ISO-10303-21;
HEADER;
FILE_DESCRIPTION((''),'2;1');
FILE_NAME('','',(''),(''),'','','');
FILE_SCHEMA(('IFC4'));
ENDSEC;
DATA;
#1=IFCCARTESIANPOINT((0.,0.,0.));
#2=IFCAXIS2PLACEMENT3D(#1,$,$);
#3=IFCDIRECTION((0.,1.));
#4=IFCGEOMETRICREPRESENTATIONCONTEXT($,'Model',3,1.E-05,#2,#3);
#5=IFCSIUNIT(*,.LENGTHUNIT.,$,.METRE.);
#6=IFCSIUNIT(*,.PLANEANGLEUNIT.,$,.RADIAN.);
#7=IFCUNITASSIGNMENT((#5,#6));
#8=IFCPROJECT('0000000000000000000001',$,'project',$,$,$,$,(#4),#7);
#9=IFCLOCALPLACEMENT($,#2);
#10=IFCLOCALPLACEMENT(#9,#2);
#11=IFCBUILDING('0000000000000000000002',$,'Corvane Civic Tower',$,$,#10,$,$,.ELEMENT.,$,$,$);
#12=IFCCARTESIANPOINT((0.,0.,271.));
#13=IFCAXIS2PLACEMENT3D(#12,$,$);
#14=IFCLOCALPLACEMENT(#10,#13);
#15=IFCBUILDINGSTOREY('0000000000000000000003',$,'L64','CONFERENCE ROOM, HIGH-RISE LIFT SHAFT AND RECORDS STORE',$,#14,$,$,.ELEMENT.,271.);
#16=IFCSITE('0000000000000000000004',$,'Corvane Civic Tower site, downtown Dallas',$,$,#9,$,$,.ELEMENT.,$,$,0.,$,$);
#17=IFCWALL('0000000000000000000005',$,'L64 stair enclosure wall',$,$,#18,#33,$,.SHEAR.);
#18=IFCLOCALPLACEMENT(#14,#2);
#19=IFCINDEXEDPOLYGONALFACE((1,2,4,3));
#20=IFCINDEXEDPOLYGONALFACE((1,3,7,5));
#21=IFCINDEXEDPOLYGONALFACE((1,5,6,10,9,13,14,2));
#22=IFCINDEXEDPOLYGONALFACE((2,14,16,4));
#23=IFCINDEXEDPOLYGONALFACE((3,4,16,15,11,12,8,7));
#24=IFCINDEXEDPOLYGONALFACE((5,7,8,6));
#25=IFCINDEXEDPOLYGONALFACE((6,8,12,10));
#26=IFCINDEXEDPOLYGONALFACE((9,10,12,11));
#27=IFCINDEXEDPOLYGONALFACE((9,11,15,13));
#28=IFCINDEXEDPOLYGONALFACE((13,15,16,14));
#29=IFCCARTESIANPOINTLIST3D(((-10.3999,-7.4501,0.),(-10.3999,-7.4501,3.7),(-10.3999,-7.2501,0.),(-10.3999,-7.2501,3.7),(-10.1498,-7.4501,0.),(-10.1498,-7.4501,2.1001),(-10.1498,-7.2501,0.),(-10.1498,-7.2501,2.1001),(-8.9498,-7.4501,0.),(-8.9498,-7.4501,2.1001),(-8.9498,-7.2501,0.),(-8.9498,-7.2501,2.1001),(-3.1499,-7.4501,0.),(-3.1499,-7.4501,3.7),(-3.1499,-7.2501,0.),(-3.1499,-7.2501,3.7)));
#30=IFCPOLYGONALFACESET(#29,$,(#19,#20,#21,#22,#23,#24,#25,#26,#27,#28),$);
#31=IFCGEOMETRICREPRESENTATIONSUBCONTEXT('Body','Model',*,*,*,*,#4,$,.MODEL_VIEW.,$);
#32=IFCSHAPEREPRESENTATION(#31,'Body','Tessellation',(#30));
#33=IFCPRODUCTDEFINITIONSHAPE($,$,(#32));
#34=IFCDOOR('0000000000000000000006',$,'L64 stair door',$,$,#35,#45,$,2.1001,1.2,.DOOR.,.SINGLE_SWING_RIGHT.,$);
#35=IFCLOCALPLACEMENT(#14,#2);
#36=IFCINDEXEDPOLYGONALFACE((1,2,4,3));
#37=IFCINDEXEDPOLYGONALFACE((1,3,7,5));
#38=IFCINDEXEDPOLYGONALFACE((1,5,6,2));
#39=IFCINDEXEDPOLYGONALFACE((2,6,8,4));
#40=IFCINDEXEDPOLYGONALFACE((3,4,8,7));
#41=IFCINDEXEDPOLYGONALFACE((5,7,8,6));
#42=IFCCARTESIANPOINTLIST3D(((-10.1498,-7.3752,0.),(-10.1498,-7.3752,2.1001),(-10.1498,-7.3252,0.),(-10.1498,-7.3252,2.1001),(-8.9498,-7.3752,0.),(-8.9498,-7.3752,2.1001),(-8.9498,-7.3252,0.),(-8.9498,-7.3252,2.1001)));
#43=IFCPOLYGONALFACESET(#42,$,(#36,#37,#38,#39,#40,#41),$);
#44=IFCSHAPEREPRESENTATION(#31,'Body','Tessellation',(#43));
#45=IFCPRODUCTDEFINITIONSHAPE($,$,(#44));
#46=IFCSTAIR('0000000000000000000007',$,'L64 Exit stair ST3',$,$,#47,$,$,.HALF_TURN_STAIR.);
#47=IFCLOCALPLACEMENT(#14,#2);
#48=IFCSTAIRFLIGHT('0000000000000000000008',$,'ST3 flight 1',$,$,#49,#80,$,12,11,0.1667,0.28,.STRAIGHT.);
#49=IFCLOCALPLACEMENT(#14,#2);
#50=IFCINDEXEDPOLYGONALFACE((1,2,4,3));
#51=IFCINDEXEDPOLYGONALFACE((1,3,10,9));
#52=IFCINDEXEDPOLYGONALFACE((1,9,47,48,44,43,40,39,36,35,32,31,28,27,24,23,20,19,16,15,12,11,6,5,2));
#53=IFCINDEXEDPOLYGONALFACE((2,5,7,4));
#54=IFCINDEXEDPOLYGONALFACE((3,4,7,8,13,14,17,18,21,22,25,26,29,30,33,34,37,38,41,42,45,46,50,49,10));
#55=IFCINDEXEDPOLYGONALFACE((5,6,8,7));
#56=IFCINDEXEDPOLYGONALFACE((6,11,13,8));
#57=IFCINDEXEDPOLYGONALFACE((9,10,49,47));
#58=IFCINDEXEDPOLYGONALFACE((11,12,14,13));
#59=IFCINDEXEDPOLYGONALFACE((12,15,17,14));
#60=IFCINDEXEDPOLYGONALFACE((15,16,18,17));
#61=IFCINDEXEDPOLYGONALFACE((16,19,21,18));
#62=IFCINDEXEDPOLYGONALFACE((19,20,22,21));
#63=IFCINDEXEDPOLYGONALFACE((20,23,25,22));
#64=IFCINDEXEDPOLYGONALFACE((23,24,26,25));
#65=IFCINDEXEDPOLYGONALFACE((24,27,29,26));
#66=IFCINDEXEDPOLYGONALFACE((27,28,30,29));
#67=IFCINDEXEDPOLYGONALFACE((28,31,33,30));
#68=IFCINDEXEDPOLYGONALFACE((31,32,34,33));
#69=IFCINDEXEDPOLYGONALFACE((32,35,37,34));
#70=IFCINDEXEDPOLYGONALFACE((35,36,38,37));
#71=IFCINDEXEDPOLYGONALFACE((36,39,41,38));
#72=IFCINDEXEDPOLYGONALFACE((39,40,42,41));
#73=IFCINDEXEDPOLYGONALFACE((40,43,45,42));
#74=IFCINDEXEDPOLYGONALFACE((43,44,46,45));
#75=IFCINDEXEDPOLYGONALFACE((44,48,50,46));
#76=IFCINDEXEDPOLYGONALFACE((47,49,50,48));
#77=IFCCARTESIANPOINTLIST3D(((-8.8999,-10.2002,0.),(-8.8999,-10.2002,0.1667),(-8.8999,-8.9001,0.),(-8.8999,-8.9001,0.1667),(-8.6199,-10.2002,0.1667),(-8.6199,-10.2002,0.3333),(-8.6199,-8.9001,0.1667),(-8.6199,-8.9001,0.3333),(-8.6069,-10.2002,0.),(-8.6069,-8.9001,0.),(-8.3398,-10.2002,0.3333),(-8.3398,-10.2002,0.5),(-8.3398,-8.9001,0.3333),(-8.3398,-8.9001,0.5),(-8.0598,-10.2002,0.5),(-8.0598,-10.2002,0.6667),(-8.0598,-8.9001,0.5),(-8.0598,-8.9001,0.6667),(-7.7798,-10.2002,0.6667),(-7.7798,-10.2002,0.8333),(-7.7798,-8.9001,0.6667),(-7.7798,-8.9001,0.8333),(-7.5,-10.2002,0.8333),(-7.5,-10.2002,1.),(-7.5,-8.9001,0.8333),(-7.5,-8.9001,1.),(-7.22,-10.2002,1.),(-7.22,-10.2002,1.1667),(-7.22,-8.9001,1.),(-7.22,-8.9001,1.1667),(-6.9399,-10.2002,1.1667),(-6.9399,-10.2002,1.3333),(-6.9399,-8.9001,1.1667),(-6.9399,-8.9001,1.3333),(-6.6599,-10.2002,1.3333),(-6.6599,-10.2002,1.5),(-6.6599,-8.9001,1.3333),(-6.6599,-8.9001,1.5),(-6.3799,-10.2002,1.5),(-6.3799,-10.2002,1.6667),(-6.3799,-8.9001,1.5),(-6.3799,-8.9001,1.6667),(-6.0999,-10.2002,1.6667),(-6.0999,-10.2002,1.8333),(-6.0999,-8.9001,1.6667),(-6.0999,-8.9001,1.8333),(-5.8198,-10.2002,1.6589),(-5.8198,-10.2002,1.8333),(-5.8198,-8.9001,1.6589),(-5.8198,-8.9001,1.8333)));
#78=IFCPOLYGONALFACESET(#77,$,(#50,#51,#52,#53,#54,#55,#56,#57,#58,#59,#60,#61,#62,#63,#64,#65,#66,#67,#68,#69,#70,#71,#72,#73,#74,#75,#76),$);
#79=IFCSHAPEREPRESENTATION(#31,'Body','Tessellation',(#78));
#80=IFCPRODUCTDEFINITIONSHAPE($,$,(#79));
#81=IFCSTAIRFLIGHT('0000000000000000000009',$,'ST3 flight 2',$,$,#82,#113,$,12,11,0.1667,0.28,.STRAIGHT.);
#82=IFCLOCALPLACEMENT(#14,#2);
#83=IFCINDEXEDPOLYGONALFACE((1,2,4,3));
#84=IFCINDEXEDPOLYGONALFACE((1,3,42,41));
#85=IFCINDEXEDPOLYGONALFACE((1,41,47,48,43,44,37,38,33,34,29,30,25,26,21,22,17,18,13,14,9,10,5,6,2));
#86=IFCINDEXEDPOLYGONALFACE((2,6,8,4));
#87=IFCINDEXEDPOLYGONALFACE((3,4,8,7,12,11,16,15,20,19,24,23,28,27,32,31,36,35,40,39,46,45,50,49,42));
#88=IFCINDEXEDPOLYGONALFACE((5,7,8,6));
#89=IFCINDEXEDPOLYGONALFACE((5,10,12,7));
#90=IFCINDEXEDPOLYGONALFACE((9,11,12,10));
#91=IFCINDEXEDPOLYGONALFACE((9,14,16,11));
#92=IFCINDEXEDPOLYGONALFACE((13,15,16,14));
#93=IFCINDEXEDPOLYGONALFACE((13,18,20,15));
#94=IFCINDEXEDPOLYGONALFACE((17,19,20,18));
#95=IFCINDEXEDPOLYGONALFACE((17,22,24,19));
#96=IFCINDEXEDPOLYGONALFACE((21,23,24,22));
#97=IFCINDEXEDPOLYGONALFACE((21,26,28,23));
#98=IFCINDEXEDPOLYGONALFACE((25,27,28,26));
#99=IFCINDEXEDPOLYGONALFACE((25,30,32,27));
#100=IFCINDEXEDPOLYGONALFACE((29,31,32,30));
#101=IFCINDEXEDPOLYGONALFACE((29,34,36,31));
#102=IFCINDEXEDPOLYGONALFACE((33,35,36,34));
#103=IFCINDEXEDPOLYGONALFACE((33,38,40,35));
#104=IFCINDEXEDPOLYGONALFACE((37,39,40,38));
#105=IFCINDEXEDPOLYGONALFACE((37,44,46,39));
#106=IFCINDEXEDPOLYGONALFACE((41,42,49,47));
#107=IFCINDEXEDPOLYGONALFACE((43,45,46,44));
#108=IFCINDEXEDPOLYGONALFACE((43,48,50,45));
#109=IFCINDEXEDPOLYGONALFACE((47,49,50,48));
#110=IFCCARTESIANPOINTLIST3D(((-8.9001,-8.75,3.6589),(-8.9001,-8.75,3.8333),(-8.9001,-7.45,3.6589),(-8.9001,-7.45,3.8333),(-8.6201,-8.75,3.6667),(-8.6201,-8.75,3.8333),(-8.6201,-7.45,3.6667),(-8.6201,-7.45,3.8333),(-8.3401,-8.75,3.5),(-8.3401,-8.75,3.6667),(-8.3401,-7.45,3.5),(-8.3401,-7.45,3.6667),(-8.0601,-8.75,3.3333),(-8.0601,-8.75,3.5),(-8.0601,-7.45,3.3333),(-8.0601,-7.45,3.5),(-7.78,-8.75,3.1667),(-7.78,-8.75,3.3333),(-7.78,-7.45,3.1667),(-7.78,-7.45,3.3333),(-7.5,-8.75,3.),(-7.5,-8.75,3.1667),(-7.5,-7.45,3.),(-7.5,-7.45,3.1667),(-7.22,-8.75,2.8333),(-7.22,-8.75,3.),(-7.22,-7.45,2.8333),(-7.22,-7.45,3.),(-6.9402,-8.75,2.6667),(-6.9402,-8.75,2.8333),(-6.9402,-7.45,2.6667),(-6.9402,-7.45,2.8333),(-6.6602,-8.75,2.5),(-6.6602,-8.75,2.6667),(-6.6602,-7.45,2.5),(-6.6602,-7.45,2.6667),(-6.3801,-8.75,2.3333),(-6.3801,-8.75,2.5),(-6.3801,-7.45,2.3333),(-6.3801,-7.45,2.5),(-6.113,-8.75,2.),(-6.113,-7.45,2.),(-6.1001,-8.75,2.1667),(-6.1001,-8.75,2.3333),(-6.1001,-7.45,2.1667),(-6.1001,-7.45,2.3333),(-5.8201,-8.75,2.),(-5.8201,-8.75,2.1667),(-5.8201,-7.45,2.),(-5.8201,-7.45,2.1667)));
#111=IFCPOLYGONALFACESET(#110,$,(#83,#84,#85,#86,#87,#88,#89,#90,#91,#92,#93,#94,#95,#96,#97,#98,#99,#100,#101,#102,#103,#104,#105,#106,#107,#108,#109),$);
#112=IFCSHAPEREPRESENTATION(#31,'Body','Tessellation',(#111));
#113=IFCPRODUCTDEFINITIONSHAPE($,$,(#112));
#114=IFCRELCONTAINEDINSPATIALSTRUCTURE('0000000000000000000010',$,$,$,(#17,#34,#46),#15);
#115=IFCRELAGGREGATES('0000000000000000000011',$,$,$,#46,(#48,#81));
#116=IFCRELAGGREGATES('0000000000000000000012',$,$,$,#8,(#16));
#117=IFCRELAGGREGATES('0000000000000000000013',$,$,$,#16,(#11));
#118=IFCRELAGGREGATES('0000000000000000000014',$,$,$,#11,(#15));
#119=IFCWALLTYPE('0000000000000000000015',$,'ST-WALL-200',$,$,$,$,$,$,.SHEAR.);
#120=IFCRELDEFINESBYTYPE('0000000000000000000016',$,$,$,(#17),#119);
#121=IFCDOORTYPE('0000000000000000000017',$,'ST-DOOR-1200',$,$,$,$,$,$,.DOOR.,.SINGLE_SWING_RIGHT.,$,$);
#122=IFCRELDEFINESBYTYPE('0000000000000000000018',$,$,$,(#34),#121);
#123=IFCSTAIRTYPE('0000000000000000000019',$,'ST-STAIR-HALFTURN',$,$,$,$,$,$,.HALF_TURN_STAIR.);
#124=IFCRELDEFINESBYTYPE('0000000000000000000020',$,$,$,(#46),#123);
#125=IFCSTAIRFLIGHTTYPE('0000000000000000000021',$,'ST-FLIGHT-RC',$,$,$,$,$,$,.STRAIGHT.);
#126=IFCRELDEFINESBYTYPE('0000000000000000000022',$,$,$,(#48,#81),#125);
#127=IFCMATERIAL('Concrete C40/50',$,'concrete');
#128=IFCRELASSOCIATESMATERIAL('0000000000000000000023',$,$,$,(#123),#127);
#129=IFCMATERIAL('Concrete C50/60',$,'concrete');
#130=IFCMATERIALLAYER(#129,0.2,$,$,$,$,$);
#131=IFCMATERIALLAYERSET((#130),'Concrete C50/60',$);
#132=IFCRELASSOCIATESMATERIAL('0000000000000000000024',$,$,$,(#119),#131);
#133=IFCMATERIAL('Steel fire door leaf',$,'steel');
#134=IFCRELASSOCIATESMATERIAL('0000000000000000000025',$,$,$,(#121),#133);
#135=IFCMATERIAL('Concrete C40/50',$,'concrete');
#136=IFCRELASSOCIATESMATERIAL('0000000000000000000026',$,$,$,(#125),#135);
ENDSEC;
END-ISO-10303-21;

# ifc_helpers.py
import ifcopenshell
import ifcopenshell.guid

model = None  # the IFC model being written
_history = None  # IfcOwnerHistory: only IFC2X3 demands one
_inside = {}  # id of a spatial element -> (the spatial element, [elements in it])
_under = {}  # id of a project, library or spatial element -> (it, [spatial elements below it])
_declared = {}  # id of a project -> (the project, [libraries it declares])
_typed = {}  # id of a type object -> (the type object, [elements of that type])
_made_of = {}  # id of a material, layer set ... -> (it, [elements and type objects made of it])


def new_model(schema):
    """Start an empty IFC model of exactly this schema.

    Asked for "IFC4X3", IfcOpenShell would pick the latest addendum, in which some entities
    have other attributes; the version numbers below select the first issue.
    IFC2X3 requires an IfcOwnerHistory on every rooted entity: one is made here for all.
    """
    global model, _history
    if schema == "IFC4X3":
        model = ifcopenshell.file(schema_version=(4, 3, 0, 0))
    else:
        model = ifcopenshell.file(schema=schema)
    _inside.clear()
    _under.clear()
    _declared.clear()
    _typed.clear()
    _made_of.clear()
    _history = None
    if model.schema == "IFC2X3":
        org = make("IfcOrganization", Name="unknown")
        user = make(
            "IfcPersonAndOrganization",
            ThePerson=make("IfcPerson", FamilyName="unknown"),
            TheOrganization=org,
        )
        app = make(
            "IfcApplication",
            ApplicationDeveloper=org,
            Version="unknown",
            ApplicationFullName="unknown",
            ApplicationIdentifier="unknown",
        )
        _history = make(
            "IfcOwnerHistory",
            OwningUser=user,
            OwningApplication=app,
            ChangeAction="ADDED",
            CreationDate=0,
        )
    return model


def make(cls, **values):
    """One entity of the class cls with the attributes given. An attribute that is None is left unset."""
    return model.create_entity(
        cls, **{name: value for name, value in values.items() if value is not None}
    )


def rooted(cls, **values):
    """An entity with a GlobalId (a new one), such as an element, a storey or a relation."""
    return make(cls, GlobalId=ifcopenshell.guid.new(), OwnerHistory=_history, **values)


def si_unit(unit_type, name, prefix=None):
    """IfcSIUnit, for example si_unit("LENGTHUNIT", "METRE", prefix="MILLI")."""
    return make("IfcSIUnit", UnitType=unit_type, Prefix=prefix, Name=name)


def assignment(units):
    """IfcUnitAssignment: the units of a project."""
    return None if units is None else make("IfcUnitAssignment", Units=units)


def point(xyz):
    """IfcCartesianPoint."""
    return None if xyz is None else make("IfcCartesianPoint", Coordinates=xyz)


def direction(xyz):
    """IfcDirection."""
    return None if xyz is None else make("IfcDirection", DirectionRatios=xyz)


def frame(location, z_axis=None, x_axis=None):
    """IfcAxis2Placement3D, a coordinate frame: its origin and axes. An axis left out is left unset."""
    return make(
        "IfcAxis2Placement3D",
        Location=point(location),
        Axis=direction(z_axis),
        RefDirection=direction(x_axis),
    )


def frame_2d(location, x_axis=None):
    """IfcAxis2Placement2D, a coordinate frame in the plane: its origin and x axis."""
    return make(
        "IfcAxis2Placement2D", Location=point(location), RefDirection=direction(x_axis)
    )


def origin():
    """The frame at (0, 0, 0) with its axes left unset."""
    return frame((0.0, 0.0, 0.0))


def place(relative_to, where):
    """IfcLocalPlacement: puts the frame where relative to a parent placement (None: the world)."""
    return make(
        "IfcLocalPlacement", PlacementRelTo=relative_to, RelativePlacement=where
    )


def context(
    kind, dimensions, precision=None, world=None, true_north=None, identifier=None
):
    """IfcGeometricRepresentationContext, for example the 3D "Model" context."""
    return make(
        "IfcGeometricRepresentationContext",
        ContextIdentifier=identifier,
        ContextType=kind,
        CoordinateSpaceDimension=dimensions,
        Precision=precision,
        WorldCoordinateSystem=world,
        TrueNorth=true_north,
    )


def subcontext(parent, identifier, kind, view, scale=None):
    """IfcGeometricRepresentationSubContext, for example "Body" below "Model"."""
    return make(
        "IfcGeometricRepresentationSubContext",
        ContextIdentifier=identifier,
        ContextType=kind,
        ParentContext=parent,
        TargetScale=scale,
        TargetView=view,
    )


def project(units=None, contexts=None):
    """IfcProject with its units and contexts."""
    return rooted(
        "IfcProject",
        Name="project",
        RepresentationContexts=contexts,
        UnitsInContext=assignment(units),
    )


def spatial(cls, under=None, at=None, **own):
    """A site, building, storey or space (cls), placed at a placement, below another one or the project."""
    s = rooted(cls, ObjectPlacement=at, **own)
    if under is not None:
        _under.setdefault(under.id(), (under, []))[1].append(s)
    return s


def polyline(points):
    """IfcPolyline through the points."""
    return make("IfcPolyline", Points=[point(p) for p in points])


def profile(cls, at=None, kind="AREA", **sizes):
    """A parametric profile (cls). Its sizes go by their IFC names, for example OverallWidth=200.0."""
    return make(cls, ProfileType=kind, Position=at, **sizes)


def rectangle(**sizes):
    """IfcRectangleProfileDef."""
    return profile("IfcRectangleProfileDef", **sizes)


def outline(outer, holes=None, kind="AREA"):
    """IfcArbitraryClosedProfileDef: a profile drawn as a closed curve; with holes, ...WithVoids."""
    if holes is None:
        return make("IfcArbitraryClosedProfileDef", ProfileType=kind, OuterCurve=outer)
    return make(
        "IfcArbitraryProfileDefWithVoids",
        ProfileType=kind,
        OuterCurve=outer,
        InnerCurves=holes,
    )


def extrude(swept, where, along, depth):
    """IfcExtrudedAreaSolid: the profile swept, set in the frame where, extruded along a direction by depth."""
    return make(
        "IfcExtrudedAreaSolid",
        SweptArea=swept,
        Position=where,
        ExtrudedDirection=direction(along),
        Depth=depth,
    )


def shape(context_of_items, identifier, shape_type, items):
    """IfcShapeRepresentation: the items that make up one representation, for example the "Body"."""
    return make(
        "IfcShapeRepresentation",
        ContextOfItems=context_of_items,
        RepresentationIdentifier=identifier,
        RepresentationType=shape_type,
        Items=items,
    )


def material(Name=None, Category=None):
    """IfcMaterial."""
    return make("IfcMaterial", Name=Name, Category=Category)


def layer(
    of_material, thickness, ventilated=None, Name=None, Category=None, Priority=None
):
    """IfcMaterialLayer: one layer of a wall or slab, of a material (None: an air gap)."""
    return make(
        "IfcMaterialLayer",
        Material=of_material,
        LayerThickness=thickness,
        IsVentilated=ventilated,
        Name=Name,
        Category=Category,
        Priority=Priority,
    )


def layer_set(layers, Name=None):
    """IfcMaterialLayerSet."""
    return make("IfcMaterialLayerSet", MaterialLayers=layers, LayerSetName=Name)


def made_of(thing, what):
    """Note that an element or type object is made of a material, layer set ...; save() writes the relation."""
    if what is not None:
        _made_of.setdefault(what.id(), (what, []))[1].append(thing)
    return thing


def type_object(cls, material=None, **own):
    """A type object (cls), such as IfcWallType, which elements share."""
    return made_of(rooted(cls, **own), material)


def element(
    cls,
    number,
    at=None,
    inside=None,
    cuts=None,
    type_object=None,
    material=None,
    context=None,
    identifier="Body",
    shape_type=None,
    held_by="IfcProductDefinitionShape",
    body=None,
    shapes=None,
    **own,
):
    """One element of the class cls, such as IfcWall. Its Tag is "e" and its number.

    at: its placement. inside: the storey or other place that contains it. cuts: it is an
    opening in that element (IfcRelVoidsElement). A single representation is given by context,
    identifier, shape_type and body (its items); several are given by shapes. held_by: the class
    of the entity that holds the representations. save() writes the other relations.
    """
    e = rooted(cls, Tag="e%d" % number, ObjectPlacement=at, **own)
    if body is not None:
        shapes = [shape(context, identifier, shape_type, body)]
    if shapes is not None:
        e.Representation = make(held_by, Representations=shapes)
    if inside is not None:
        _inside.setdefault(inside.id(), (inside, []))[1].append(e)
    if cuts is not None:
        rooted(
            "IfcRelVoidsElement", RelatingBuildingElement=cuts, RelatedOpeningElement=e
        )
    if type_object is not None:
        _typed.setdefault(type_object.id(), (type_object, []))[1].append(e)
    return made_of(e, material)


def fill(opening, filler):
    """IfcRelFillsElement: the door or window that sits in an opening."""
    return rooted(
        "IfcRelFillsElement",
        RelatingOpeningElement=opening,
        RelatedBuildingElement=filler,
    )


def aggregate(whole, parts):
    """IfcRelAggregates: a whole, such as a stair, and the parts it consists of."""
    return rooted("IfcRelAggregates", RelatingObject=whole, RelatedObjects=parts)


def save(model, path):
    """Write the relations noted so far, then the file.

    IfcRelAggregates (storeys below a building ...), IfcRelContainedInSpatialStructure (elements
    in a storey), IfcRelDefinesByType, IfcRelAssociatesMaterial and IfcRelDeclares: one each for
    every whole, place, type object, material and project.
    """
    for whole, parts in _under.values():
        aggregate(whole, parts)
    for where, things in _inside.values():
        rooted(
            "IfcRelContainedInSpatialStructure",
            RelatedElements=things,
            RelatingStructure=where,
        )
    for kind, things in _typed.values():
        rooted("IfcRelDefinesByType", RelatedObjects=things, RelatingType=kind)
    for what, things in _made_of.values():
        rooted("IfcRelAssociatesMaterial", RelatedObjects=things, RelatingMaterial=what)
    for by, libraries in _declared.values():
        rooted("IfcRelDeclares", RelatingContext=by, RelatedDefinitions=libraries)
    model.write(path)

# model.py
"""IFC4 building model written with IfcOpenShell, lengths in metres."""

from ifc_helpers import new_model, si_unit, direction, frame, frame_2d, origin, place, context, subcontext, project, spatial, polyline, rectangle, outline, extrude, material, layer, layer_set, type_object, element, fill, aggregate, save


model = new_model("IFC4")

# Units and contexts
model_context = context("Model", 3, precision=1e-05, world=origin(), true_north=direction((0.0, 1.0)))
body_context = subcontext(model_context, "Body", "Model", "MODEL_VIEW")
ifc_project = project(units=[si_unit("LENGTHUNIT", "METRE"), si_unit("PLANEANGLEUNIT", "RADIAN")], contexts=[model_context])

# Site, building, storey
site_placement = place(None, origin())
site = spatial("IfcSite", under=ifc_project, at=site_placement, Name="Corvane Civic Tower site, downtown Dallas", CompositionType="ELEMENT", RefElevation=0.0)
building_placement = place(site_placement, origin())
building = spatial("IfcBuilding", under=site, at=building_placement, Name="Corvane Civic Tower", CompositionType="ELEMENT")
storey_placement = place(building_placement, frame((0.0, 0.0, 271.0)))
storey = spatial("IfcBuildingStorey", under=building, at=storey_placement, Name="L64", Description="CONFERENCE ROOM, HIGH-RISE LIFT SHAFT AND RECORDS STORE", CompositionType="ELEMENT", Elevation=271.0)

# Shared definitions
ifc_material_1 = material(Name="Concrete C40/50", Category="concrete")
stair_type = type_object("IfcStairType", Name="ST-STAIR-HALFTURN", PredefinedType="HALF_TURN_STAIR", material=ifc_material_1)

# Wall, opening, door
ifc_material_2 = material(Name="Concrete C50/60", Category="concrete")
ifc_layer_1 = layer(ifc_material_2, 0.2)
ifc_layer_set_1 = layer_set([ifc_layer_1], Name="Concrete C50/60")
wall_type_1 = type_object("IfcWallType", Name="ST-WALL-200", PredefinedType="SHEAR", material=ifc_layer_set_1)
wall_1_placement = place(storey_placement, frame((-10.3999, -7.3501, 0.0), z_axis=(0.0, 0.0, 1.0), x_axis=(1.0, 0.0, 0.0)))
wall_1 = element("IfcWall", 1, at=wall_1_placement, inside=storey, type_object=wall_type_1, Name="L64 stair enclosure wall", PredefinedType="SHEAR", context=body_context, shape_type="SweptSolid", body=[
    extrude(rectangle(XDim=7.25, YDim=0.2, at=frame_2d((3.625, 0.0))), origin(), (0.0, 0.0, 1.0), 3.7),
])
opening_1_placement = place(wall_1_placement, frame((0.25, 0.0, 0.0)))
opening_1 = element("IfcOpeningElement", 2, at=opening_1_placement, cuts=wall_1, PredefinedType="OPENING", context=body_context, shape_type="SweptSolid", body=[
    extrude(rectangle(XDim=1.2, YDim=2.1001, at=frame_2d((0.6001, 1.05))), frame((0.0, 0.1099, 0.0), z_axis=(0.0, -1.0, 0.0), x_axis=(1.0, 0.0, 0.0)), (0.0, 0.0, 1.0), 0.22),
])
ifc_material_3 = material(Name="Steel fire door leaf", Category="steel")
door_type_1 = type_object("IfcDoorType", Name="ST-DOOR-1200", OperationType="SINGLE_SWING_RIGHT", PredefinedType="DOOR", material=ifc_material_3)
door_1_placement = place(opening_1_placement, origin())
door_1 = element("IfcDoor", 3, at=door_1_placement, inside=storey, type_object=door_type_1, Name="L64 stair door", OperationType="SINGLE_SWING_RIGHT", OverallHeight=2.1001, OverallWidth=1.2, PredefinedType="DOOR", context=body_context, shape_type="SweptSolid", body=[
    extrude(rectangle(XDim=1.2, YDim=2.1001, at=frame_2d((0.6001, 1.05))), frame((0.0, 0.0249, 0.0), z_axis=(0.0, -1.0, 0.0), x_axis=(1.0, 0.0, 0.0)), (0.0, 0.0, 1.0), 0.05),
])
fill(opening_1, door_1)

# Stair, stair flights
stair_1_placement = place(storey_placement, origin())
stair_1 = element("IfcStair", 4, at=stair_1_placement, inside=storey, type_object=stair_type, Name="L64 Exit stair ST3", PredefinedType="HALF_TURN_STAIR")
ifc_material_4 = material(Name="Concrete C40/50", Category="concrete")
stair_flight_type = type_object("IfcStairFlightType", Name="ST-FLIGHT-RC", PredefinedType="STRAIGHT", material=ifc_material_4)
stair_flight_1_placement = place(storey_placement, frame((-8.8999, -9.55, 0.0), z_axis=(0.0, 0.0, 1.0), x_axis=(1.0, 0.0, 0.0)))
stair_flight_1 = element("IfcStairFlight", 5, at=stair_flight_1_placement, type_object=stair_flight_type, Name="ST3 flight 1", NumberOfRisers=12, NumberOfTreads=11, PredefinedType="STRAIGHT", RiserHeight=0.1667, TreadLength=0.28, context=body_context, shape_type="SweptSolid", body=[
    extrude(outline(polyline([(0.0, 0.0), (0.0, 0.1667), (0.28, 0.1667), (0.28, 0.3333), (0.5601, 0.3333), (0.5601, 0.5), (0.8401, 0.5), (0.8401, 0.6667), (1.1201, 0.6667), (1.1201, 0.8333), (1.3999, 0.8333), (1.3999, 1.0), (1.6799, 1.0), (1.6799, 1.1667), (1.96, 1.1667), (1.96, 1.3333), (2.24, 1.3333), (2.24, 1.5), (2.52, 1.5), (2.52, 1.6667), (2.8, 1.6667), (2.8, 1.8333), (3.0801, 1.8333), (3.0801, 2.0), (3.0801, 1.6589), (0.293, 0.0), (0.0, 0.0)])), frame((0.0, 0.6499, 0.0), z_axis=(0.0, -1.0, 0.0), x_axis=(1.0, 0.0, 0.0)), (0.0, 0.0, 1.0), 1.3),
])
stair_flight_2_placement = place(storey_placement, frame((-5.8201, -8.1001, 2.0), z_axis=(0.0, 0.0, 1.0), x_axis=(-1.0, 0.0, 0.0)))
stair_flight_2 = element("IfcStairFlight", 6, at=stair_flight_2_placement, type_object=stair_flight_type, Name="ST3 flight 2", NumberOfRisers=12, NumberOfTreads=11, PredefinedType="STRAIGHT", RiserHeight=0.1667, TreadLength=0.28, context=body_context, shape_type="SweptSolid", body=[
    extrude(outline(polyline([(0.0, 0.0), (0.0, 0.1667), (0.28, 0.1667), (0.28, 0.3333), (0.5601, 0.3333), (0.5601, 0.5), (0.8401, 0.5), (0.8401, 0.6667), (1.1201, 0.6667), (1.1201, 0.8333), (1.3999, 0.8333), (1.3999, 1.0), (1.6799, 1.0), (1.6799, 1.1667), (1.96, 1.1667), (1.96, 1.3333), (2.24, 1.3333), (2.24, 1.5), (2.52, 1.5), (2.52, 1.6667), (2.8, 1.6667), (2.8, 1.8333), (3.0801, 1.8333), (3.0801, 2.0), (3.0801, 1.6589), (0.293, 0.0), (0.0, 0.0)])), frame((0.0, 0.6499, 0.0), z_axis=(0.0, -1.0, 0.0), x_axis=(1.0, 0.0, 0.0)), (0.0, 0.0, 1.0), 1.3),
])
aggregate(stair_1, [stair_flight_1, stair_flight_2])

save(model, "model.ifc")
